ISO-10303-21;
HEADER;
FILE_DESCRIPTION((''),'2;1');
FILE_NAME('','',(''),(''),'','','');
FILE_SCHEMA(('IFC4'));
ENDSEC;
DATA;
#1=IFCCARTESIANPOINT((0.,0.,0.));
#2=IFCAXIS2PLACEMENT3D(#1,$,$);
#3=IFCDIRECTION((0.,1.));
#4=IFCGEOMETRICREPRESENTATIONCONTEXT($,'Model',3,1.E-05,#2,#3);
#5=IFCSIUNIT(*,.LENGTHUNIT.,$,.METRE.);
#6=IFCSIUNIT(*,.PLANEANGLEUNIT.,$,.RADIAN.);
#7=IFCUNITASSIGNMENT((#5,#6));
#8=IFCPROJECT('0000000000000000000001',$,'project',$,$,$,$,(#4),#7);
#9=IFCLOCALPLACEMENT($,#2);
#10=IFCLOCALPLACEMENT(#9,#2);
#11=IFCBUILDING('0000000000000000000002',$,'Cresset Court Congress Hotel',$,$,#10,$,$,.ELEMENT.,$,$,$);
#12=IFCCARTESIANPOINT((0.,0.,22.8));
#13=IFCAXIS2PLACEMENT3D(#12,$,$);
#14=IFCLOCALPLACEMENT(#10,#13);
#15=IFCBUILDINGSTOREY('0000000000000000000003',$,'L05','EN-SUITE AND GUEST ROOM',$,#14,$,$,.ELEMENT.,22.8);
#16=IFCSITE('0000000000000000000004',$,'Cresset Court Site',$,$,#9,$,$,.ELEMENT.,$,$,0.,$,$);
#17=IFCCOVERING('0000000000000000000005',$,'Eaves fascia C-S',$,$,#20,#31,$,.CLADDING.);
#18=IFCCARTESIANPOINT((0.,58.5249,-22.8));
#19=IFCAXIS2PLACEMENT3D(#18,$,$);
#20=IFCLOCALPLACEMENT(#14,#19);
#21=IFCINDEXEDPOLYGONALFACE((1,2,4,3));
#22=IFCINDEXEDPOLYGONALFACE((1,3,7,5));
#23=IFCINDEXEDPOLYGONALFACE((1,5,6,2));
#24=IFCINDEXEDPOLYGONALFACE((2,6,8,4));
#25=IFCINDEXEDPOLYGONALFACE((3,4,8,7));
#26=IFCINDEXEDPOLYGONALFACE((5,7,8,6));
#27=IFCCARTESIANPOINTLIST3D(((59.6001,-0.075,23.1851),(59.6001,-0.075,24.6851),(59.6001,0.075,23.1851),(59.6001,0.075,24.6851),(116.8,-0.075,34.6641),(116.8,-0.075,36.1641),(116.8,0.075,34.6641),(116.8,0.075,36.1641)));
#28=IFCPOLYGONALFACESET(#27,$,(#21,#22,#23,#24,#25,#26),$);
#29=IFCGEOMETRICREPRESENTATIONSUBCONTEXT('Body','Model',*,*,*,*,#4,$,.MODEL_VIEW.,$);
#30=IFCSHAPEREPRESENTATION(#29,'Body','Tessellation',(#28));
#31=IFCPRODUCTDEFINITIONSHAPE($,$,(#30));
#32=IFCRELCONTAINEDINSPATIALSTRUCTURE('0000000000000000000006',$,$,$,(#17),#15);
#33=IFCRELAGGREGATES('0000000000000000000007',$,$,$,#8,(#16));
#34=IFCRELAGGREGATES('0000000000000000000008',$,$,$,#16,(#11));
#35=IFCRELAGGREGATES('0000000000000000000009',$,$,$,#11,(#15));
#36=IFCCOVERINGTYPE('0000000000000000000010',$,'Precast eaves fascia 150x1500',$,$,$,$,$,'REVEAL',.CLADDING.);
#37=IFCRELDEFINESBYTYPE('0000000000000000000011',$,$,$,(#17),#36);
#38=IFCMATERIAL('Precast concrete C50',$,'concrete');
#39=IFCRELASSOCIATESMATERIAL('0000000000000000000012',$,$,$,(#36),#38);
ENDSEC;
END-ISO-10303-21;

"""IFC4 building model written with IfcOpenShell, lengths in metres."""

from ifc_helpers import new_model, si_unit, direction, frame, origin, place, context, subcontext, project, spatial, polyline, outline, extrude, material, type_object, element, save


model = new_model("IFC4")

# Units and contexts
model_context = context("Model", 3, precision=1e-05, world=origin(), true_north=direction((0.0, 1.0)))
body_context = subcontext(model_context, "Body", "Model", "MODEL_VIEW")
ifc_project = project(units=[si_unit("LENGTHUNIT", "METRE"), si_unit("PLANEANGLEUNIT", "RADIAN")], contexts=[model_context])

# Site, building, storey
site_placement = place(None, origin())
site = spatial("IfcSite", under=ifc_project, at=site_placement, Name="Cresset Court Site", CompositionType="ELEMENT", RefElevation=0.0)
building_placement = place(site_placement, origin())
building = spatial("IfcBuilding", under=site, at=building_placement, Name="Cresset Court Congress Hotel", CompositionType="ELEMENT")
storey_placement = place(building_placement, frame((0.0, 0.0, 22.8)))
storey = spatial("IfcBuildingStorey", under=building, at=storey_placement, Name="L05", Description="EN-SUITE AND GUEST ROOM", CompositionType="ELEMENT", Elevation=22.8)

# Covering
ifc_material_1 = material(Name="Precast concrete C50", Category="concrete")
covering_type_1 = type_object("IfcCoveringType", Name="Precast eaves fascia 150x1500", ElementType="REVEAL", PredefinedType="CLADDING", material=ifc_material_1)
covering_placement = place(storey_placement, frame((0.0, 58.5249, -22.8)))
element("IfcCovering", 1, at=covering_placement, inside=storey, type_object=covering_type_1, Name="Eaves fascia C-S", PredefinedType="CLADDING", context=body_context, shape_type="SweptSolid", body=[
    extrude(outline(polyline([(59.6001, 23.1851), (116.8, 34.6641), (116.8, 36.1641), (59.6001, 24.6851), (59.6001, 23.1851)])), frame((0.0, 0.075, 0.0), z_axis=(0.0, -1.0, 0.0), x_axis=(1.0, 0.0, 0.0)), (0.0, 0.0, 1.0), 0.1499),
])

save(model, "model.ifc")
